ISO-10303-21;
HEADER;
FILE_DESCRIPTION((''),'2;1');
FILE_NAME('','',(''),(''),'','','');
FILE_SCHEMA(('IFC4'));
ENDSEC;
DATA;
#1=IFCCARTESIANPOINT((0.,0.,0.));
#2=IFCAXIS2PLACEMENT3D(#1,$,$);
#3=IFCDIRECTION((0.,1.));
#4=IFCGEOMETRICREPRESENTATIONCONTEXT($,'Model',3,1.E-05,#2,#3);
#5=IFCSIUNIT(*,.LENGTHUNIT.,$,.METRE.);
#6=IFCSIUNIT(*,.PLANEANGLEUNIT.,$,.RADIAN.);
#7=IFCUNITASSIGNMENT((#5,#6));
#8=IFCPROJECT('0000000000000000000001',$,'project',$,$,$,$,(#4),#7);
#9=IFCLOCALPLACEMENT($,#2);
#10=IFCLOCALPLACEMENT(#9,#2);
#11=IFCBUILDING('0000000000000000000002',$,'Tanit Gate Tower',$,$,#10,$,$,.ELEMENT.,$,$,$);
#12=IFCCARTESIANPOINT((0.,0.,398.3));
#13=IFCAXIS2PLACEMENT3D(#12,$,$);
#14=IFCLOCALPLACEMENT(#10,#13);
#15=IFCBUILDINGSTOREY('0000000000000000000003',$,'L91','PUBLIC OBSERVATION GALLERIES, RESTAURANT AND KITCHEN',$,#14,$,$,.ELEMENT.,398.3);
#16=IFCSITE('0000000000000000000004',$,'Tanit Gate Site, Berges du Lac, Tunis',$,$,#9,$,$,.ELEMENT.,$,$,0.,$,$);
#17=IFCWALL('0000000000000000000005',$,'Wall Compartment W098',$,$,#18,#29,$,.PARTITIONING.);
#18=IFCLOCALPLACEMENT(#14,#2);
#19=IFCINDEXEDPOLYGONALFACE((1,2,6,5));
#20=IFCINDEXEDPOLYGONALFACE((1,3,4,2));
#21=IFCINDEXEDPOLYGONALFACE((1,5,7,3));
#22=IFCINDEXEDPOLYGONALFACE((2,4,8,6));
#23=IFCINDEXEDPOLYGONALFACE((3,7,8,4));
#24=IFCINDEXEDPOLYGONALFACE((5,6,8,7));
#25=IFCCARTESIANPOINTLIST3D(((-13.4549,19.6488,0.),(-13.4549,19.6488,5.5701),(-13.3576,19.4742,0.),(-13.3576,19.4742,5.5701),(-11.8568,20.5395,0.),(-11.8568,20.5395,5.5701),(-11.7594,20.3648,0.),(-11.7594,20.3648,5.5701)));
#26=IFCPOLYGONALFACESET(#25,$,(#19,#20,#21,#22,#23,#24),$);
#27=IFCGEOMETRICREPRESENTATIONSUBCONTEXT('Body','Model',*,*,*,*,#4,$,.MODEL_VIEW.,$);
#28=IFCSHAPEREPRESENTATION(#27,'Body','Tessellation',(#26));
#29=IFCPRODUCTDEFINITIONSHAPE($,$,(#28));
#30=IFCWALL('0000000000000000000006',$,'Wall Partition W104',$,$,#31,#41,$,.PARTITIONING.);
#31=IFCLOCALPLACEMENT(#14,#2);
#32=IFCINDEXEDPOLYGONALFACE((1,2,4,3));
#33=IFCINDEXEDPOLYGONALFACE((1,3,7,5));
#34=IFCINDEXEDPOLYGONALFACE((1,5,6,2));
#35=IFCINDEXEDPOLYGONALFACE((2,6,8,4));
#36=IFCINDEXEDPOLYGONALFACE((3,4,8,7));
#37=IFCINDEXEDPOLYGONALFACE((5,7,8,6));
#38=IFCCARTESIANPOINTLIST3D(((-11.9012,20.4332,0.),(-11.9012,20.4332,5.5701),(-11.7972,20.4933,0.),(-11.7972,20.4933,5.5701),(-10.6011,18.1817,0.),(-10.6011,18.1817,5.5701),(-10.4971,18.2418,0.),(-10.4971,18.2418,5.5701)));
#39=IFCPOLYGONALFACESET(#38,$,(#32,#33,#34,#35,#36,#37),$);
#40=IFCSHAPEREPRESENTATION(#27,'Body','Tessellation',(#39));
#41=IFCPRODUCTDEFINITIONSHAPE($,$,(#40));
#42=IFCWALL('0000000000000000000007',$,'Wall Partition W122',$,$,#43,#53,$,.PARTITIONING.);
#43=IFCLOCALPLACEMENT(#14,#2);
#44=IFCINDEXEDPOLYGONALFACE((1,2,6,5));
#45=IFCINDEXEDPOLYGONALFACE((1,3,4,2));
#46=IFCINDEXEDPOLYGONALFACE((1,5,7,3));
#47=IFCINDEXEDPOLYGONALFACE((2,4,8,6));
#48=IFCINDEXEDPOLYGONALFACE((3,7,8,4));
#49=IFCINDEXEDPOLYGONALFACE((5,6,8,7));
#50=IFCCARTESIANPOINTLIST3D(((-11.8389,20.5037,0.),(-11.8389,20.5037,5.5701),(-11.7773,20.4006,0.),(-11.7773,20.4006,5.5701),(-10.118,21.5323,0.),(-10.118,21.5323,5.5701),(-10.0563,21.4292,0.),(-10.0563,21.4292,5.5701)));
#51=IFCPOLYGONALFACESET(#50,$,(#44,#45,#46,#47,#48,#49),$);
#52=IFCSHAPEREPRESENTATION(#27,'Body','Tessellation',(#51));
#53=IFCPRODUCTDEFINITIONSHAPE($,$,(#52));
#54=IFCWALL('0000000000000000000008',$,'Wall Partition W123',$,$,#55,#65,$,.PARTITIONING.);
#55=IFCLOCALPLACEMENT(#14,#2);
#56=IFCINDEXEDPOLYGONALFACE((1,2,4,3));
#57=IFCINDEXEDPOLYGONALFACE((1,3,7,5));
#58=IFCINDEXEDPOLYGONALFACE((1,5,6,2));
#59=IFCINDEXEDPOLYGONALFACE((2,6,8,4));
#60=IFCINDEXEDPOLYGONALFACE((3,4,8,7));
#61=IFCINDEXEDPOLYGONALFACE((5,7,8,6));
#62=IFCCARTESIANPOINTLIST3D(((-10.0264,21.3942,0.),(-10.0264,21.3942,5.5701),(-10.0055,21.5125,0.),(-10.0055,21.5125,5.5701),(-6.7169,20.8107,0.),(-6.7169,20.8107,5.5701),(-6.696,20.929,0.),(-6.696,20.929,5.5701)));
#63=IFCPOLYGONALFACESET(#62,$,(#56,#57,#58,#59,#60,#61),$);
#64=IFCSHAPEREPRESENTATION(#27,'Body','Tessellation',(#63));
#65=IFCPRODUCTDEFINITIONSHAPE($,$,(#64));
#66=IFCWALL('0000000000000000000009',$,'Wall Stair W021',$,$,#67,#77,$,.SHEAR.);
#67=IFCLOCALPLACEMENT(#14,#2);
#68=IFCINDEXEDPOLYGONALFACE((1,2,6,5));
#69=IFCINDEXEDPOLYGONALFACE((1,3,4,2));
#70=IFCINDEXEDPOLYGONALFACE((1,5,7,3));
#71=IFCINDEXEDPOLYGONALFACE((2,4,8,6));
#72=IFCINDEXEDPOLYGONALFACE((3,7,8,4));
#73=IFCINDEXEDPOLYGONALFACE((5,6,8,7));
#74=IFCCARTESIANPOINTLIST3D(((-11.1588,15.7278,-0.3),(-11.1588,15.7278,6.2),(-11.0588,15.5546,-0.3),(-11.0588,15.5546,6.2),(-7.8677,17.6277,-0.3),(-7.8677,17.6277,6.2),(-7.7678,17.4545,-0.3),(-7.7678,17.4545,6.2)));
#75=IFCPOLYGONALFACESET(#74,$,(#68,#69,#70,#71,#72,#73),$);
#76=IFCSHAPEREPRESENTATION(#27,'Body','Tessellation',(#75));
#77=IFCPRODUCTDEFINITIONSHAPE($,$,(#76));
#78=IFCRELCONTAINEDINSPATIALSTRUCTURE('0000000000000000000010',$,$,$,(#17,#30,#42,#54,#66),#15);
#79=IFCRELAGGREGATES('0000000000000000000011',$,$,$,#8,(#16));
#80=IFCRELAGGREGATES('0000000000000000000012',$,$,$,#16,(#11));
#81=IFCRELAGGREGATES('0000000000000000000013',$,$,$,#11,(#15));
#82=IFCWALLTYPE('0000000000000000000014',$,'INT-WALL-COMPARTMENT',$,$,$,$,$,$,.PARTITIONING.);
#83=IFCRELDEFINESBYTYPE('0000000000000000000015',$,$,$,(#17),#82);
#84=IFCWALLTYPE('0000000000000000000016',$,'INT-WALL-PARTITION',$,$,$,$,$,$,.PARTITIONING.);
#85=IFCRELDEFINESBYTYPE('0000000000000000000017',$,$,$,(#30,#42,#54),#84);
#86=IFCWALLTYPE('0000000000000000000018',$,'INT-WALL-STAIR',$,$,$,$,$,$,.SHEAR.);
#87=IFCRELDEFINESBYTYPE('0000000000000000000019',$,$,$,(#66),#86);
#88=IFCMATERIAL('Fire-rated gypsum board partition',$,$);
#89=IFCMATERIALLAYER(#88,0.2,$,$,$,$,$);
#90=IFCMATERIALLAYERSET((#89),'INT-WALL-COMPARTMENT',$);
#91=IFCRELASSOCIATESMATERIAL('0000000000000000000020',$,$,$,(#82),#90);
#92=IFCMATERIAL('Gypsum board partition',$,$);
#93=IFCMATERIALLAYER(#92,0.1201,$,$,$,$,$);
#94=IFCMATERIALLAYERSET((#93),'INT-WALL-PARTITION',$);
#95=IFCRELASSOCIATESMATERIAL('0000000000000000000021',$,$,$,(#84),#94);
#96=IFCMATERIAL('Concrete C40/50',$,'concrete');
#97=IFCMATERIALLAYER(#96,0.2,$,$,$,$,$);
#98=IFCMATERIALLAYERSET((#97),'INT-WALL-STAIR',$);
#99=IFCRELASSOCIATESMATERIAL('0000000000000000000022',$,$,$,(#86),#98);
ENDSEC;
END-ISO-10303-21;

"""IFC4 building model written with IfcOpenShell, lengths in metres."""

from ifc_helpers import new_model, si_unit, direction, frame, frame_2d, origin, place, context, subcontext, project, spatial, rectangle, extrude, material, layer, layer_set, type_object, element, save


model = new_model("IFC4")

# Units and contexts
model_context = context("Model", 3, precision=1e-05, world=origin(), true_north=direction((0.0, 1.0)))
body_context = subcontext(model_context, "Body", "Model", "MODEL_VIEW")
ifc_project = project(units=[si_unit("LENGTHUNIT", "METRE"), si_unit("PLANEANGLEUNIT", "RADIAN")], contexts=[model_context])

# Site, building, storey
site_placement = place(None, origin())
site = spatial("IfcSite", under=ifc_project, at=site_placement, Name="Tanit Gate Site, Berges du Lac, Tunis", CompositionType="ELEMENT", RefElevation=0.0)
building_placement = place(site_placement, origin())
building = spatial("IfcBuilding", under=site, at=building_placement, Name="Tanit Gate Tower", CompositionType="ELEMENT")
storey_placement = place(building_placement, frame((0.0, 0.0, 398.3)))
storey = spatial("IfcBuildingStorey", under=building, at=storey_placement, Name="L91", Description="PUBLIC OBSERVATION GALLERIES, RESTAURANT AND KITCHEN", CompositionType="ELEMENT", Elevation=398.3)

# Walls
ifc_material_1 = material(Name="Fire-rated gypsum board partition")
ifc_layer_1 = layer(ifc_material_1, 0.2)
ifc_layer_set_1 = layer_set([ifc_layer_1], Name="INT-WALL-COMPARTMENT")
wall_type_1 = type_object("IfcWallType", Name="INT-WALL-COMPARTMENT", PredefinedType="PARTITIONING", material=ifc_layer_set_1)
wall_1_placement = place(storey_placement, frame((-11.8081, 20.4521, 0.0), z_axis=(0.0, 0.0, 1.0), x_axis=(-0.873514, -0.486798, 0.0)))
element("IfcWall", 1, at=wall_1_placement, inside=storey, type_object=wall_type_1, Name="Wall Compartment W098", PredefinedType="PARTITIONING", context=body_context, shape_type="SweptSolid", body=[
    extrude(rectangle(XDim=1.8296, YDim=0.2, at=frame_2d((0.9148, 0.0))), origin(), (0.0, 0.0, 1.0), 5.5701),
])
ifc_material_2 = material(Name="Gypsum board partition")
ifc_layer_2 = layer(ifc_material_2, 0.1201)
ifc_layer_set_2 = layer_set([ifc_layer_2], Name="INT-WALL-PARTITION")
wall_type_2 = type_object("IfcWallType", Name="INT-WALL-PARTITION", PredefinedType="PARTITIONING", material=ifc_layer_set_2)
wall_2_placement = place(storey_placement, frame((-11.8491, 20.4631, 0.0), z_axis=(0.0, 0.0, 1.0), x_axis=(0.500048, -0.865998, 0.0)))
element("IfcWall", 2, at=wall_2_placement, inside=storey, type_object=wall_type_2, Name="Wall Partition W104", PredefinedType="PARTITIONING", context=body_context, shape_type="SweptSolid", body=[
    extrude(rectangle(XDim=2.5999, YDim=0.1201, at=frame_2d((1.2998, 0.0))), origin(), (0.0, 0.0, 1.0), 5.5701),
])
wall_3_placement = place(storey_placement, frame((-10.0872, 21.4807, 0.0), z_axis=(0.0, 0.0, 1.0), x_axis=(-0.858373, -0.513027, 0.0)))
element("IfcWall", 3, at=wall_3_placement, inside=storey, type_object=wall_type_2, Name="Wall Partition W122", PredefinedType="PARTITIONING", context=body_context, shape_type="SweptSolid", body=[
    extrude(rectangle(XDim=2.0049, YDim=0.1201, at=frame_2d((1.0024, 0.0))), origin(), (0.0, 0.0, 1.0), 5.5701),
])
wall_4_placement = place(storey_placement, frame((-6.7065, 20.8699, 0.0), z_axis=(0.0, 0.0, 1.0), x_axis=(-0.984811, 0.173628, 0.0)))
element("IfcWall", 4, at=wall_4_placement, inside=storey, type_object=wall_type_2, Name="Wall Partition W123", PredefinedType="PARTITIONING", context=body_context, shape_type="SweptSolid", body=[
    extrude(rectangle(XDim=3.3606, YDim=0.1201, at=frame_2d((1.6802, 0.0))), origin(), (0.0, 0.0, 1.0), 5.5701),
])
ifc_material_3 = material(Name="Concrete C40/50", Category="concrete")
ifc_layer_3 = layer(ifc_material_3, 0.2)
ifc_layer_set_3 = layer_set([ifc_layer_3], Name="INT-WALL-STAIR")
wall_type_3 = type_object("IfcWallType", Name="INT-WALL-STAIR", PredefinedType="SHEAR", material=ifc_layer_set_3)
wall_5_placement = place(storey_placement, frame((-7.8179, 17.541, -0.3), z_axis=(0.0, 0.0, 1.0), x_axis=(-0.866044, -0.499967, 0.0)))
element("IfcWall", 5, at=wall_5_placement, inside=storey, type_object=wall_type_3, Name="Wall Stair W021", PredefinedType="SHEAR", context=body_context, shape_type="SweptSolid", body=[
    extrude(rectangle(XDim=3.8, YDim=0.2, at=frame_2d((1.8999, 0.0))), origin(), (0.0, 0.0, 1.0), 6.5),
])

save(model, "model.ifc")
